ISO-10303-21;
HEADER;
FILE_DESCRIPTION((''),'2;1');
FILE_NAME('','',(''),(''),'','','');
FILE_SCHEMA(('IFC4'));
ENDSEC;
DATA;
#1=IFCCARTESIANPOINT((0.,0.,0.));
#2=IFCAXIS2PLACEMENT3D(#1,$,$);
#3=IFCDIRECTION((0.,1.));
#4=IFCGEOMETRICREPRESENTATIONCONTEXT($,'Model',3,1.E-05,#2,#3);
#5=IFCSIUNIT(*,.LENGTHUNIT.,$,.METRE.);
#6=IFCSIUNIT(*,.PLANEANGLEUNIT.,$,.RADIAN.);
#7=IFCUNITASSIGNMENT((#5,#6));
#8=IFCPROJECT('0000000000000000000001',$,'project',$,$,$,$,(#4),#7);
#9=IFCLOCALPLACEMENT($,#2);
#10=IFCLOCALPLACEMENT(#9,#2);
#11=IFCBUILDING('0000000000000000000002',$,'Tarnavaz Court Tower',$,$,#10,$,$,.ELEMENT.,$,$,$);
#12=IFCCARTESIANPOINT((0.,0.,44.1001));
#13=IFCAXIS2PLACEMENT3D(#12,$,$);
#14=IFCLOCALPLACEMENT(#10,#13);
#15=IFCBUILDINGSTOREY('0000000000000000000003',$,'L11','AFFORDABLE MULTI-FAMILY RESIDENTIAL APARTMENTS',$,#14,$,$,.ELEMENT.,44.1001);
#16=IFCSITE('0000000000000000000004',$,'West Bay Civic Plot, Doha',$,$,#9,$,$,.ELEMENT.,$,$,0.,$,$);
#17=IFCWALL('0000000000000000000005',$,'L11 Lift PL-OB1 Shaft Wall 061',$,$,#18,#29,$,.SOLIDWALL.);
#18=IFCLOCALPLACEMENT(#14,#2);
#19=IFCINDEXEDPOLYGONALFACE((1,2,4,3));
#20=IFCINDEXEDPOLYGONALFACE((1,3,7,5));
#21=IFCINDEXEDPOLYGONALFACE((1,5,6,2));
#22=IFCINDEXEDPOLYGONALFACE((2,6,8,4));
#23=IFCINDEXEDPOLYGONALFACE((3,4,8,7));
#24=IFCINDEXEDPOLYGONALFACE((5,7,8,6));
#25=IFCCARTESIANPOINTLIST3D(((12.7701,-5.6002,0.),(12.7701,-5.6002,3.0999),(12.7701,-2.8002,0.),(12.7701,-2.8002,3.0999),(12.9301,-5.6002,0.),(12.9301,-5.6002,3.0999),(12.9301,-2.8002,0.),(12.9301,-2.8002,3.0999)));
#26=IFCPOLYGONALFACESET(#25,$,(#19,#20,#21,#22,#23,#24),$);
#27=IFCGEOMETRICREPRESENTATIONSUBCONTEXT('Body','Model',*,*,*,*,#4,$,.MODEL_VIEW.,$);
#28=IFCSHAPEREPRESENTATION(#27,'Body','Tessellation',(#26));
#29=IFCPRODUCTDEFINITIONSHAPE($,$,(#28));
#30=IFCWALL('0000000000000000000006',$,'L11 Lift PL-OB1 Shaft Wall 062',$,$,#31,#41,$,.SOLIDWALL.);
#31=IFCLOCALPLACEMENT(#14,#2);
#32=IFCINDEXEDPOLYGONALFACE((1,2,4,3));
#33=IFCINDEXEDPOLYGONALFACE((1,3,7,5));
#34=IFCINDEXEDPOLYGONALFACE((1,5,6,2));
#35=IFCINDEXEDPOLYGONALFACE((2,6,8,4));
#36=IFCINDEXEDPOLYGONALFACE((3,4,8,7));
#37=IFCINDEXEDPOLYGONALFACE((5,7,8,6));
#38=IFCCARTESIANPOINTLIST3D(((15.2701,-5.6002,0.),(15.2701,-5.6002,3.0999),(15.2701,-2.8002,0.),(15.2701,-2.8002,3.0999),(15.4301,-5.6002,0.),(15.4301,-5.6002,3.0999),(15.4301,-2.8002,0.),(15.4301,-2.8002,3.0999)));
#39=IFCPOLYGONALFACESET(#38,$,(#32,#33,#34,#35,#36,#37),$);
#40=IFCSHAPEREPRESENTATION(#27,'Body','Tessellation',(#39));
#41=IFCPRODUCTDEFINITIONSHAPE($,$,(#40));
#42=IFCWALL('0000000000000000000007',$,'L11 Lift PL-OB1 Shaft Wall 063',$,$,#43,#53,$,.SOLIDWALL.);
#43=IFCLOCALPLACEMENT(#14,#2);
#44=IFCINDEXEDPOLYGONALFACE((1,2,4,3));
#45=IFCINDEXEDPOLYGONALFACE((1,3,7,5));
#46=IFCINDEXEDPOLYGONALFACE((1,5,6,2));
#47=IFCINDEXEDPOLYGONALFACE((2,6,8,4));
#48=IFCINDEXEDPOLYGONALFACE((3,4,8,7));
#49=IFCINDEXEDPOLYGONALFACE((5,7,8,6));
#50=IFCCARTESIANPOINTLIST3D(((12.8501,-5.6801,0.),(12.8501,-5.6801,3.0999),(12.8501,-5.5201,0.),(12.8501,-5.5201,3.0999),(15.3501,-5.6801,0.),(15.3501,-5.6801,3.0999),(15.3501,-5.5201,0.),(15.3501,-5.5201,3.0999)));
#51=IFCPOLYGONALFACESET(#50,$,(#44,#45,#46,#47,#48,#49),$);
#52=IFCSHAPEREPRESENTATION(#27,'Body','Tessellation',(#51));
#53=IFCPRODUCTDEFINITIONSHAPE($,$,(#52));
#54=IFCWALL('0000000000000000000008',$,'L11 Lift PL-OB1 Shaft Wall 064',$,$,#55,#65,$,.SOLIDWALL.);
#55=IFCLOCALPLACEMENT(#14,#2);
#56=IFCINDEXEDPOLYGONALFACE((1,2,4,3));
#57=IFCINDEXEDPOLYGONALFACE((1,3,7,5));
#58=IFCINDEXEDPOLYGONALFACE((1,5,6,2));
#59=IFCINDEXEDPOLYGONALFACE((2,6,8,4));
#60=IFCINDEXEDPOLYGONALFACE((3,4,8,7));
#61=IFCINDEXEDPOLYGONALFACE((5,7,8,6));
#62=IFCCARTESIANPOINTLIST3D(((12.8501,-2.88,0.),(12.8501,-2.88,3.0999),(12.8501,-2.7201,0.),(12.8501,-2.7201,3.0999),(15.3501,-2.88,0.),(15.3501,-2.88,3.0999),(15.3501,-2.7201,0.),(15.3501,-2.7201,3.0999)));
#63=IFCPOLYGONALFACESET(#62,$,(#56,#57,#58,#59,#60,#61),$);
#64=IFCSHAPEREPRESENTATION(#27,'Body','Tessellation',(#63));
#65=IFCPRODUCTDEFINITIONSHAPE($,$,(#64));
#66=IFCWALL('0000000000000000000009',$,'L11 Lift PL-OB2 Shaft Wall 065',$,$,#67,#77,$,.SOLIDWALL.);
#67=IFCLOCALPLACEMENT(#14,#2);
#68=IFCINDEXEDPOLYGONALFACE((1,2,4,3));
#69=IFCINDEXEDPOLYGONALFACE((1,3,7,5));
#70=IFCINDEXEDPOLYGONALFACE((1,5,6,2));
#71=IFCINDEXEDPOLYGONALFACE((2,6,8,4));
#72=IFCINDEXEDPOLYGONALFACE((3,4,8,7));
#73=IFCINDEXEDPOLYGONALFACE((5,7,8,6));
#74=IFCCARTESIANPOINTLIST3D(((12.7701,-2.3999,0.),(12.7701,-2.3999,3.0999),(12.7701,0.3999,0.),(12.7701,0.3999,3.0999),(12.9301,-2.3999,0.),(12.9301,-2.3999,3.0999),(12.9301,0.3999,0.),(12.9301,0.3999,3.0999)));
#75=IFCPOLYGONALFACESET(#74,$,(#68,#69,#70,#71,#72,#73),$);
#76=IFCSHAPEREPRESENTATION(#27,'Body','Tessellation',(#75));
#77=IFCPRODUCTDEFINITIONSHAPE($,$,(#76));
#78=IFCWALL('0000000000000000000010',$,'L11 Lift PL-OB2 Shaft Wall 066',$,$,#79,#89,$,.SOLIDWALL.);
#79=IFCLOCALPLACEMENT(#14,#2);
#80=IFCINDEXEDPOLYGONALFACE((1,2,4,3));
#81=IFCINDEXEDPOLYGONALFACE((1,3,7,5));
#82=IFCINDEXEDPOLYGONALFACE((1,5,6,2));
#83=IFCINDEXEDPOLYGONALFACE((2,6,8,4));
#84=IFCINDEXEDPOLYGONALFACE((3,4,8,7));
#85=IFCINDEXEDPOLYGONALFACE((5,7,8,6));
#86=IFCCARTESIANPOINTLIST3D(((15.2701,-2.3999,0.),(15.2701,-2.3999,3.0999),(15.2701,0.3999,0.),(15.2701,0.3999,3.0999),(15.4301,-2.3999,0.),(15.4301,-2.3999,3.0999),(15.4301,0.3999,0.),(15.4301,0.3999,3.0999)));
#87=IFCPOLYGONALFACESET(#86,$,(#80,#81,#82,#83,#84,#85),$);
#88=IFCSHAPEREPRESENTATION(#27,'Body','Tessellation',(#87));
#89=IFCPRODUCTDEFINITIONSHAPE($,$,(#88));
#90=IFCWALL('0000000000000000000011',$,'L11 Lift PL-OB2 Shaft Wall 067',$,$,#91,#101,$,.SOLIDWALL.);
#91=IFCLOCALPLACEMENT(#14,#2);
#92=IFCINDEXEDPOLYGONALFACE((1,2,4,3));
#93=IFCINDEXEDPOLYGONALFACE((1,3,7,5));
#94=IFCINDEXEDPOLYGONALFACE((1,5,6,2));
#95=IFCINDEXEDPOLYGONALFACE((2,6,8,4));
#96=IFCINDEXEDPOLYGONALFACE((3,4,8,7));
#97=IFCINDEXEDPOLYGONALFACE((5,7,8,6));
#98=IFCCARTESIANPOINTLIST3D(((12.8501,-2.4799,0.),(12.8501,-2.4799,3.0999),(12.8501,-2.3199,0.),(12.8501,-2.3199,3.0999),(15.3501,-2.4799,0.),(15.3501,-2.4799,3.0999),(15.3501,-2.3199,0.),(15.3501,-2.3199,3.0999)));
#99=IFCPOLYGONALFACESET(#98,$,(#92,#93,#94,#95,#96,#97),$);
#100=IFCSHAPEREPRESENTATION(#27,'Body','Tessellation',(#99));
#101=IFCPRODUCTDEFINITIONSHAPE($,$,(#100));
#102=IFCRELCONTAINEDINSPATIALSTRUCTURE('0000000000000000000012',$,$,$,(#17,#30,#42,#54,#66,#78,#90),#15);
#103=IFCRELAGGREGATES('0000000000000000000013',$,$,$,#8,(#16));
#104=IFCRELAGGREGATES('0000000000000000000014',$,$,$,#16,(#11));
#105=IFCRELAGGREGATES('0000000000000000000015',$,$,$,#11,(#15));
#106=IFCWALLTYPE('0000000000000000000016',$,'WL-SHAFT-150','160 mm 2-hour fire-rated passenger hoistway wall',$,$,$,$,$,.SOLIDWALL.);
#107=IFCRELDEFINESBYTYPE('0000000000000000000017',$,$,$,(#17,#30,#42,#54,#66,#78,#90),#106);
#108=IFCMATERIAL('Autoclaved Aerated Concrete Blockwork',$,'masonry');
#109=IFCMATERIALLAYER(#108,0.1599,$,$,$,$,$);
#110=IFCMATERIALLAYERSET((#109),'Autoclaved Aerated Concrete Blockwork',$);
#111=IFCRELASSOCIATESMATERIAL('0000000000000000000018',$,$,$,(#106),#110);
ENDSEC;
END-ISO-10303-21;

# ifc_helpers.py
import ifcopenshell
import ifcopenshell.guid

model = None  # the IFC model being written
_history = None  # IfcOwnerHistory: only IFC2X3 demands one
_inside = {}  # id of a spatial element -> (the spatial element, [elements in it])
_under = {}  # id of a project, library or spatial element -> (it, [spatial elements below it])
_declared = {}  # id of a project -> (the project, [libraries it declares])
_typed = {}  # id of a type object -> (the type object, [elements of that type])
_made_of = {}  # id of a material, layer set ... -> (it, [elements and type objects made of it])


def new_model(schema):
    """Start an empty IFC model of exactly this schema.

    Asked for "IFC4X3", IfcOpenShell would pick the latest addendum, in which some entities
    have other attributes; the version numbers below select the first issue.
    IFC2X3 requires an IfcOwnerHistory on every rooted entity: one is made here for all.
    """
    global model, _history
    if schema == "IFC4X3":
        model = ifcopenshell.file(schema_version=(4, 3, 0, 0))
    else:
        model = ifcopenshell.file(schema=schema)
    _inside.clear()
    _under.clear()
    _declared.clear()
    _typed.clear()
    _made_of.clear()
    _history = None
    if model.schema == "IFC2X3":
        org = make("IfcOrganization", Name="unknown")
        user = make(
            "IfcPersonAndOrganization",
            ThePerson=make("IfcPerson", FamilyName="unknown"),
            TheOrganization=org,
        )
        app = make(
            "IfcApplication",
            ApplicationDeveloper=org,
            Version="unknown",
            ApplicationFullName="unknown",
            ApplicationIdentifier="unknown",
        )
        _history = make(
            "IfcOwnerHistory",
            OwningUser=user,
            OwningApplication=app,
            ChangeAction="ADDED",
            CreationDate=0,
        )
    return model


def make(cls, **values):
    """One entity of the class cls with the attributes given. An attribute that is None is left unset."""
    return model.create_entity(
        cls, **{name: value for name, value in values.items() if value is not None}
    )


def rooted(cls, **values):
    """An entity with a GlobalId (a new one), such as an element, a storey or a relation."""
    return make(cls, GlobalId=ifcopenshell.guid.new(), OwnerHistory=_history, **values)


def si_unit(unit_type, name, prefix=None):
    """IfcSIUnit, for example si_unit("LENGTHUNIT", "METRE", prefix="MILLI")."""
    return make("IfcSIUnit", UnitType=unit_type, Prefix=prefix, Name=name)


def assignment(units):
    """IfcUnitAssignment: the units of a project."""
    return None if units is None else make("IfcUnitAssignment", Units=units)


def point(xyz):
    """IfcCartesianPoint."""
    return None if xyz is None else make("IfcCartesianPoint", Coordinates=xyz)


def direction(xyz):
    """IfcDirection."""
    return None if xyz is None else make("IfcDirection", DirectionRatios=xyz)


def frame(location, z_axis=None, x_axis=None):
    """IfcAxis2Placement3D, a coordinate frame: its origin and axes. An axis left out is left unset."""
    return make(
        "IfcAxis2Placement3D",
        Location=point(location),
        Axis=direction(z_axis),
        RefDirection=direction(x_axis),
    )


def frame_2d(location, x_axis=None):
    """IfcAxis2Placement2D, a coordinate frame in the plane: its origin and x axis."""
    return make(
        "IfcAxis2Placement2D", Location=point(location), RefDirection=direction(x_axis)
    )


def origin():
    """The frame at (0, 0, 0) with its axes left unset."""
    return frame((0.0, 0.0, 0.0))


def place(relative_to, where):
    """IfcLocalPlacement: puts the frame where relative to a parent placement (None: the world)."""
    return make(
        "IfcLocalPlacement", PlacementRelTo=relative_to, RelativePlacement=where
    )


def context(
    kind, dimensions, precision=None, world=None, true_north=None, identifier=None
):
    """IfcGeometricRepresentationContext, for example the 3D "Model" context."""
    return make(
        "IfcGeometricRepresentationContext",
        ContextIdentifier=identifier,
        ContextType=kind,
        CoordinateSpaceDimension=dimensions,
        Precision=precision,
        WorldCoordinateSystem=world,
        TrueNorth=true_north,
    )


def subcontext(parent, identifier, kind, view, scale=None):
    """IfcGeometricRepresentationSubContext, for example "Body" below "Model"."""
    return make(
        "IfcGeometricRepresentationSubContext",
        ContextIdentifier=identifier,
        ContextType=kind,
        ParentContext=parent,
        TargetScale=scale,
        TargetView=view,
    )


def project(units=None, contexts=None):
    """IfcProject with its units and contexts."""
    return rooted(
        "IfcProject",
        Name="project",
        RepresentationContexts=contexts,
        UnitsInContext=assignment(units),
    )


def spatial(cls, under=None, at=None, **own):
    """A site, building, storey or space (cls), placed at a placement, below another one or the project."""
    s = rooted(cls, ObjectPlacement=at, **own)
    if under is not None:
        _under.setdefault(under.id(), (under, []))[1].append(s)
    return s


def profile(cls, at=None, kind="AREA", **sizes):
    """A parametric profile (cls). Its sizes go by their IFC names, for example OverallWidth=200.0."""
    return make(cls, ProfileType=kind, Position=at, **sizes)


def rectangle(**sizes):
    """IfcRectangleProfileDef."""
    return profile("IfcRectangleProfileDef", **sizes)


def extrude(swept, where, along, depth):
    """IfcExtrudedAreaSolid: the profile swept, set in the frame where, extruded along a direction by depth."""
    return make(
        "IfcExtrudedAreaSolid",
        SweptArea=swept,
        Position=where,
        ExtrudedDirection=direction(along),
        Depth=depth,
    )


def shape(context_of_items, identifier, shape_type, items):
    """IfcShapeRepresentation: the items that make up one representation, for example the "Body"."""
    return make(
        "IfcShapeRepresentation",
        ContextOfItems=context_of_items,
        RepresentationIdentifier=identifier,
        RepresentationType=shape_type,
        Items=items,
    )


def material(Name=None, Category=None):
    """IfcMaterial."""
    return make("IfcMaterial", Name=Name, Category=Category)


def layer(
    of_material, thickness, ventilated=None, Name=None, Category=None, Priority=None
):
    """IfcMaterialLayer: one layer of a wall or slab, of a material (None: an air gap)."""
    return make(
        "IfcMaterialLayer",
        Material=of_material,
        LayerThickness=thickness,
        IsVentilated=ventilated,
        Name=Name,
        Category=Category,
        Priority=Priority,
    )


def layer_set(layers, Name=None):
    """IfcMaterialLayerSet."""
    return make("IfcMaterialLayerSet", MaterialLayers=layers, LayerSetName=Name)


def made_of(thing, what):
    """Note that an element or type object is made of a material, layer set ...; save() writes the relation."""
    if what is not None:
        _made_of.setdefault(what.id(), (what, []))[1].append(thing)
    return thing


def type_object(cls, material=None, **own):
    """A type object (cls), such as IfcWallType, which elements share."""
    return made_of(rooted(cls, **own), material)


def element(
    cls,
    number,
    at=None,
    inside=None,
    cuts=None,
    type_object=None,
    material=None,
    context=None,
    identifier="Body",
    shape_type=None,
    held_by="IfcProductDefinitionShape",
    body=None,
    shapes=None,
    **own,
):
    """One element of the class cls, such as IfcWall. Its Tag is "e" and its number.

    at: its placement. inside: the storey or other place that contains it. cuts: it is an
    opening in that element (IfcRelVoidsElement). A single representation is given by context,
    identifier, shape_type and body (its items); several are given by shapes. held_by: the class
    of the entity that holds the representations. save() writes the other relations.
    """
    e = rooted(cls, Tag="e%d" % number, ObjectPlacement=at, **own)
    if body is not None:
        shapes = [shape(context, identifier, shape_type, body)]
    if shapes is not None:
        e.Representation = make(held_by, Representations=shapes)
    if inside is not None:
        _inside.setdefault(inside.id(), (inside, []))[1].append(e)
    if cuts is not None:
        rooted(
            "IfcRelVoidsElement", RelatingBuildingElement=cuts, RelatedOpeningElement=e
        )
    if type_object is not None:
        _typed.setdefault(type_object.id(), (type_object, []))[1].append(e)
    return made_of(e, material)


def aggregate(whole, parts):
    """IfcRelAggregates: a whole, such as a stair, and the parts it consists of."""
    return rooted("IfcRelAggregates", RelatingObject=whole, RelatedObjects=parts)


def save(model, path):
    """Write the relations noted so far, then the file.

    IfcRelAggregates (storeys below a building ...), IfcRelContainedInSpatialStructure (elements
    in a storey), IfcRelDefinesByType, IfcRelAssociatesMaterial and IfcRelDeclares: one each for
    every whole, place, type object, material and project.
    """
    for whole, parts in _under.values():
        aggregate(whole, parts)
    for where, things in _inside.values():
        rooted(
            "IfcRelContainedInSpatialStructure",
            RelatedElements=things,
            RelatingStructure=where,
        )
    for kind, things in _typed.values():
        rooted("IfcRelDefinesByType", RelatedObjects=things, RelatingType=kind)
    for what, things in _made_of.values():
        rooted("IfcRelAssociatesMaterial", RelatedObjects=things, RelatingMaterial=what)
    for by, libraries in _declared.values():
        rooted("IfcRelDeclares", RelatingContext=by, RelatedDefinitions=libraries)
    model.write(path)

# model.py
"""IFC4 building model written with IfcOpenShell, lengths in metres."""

from ifc_helpers import new_model, si_unit, direction, frame, frame_2d, origin, place, context, subcontext, project, spatial, rectangle, extrude, material, layer, layer_set, type_object, element, save


model = new_model("IFC4")

# Units and contexts
model_context = context("Model", 3, precision=1e-05, world=origin(), true_north=direction((0.0, 1.0)))
body_context = subcontext(model_context, "Body", "Model", "MODEL_VIEW")
ifc_project = project(units=[si_unit("LENGTHUNIT", "METRE"), si_unit("PLANEANGLEUNIT", "RADIAN")], contexts=[model_context])

# Site, building, storey
site_placement = place(None, origin())
site = spatial("IfcSite", under=ifc_project, at=site_placement, Name="West Bay Civic Plot, Doha", CompositionType="ELEMENT", RefElevation=0.0)
building_placement = place(site_placement, origin())
building = spatial("IfcBuilding", under=site, at=building_placement, Name="Tarnavaz Court Tower", CompositionType="ELEMENT")
storey_placement = place(building_placement, frame((0.0, 0.0, 44.1001)))
storey = spatial("IfcBuildingStorey", under=building, at=storey_placement, Name="L11", Description="AFFORDABLE MULTI-FAMILY RESIDENTIAL APARTMENTS", CompositionType="ELEMENT", Elevation=44.1001)

# Walls
ifc_material_1 = material(Name="Autoclaved Aerated Concrete Blockwork", Category="masonry")
ifc_layer_1 = layer(ifc_material_1, 0.1599)
ifc_layer_set_1 = layer_set([ifc_layer_1], Name="Autoclaved Aerated Concrete Blockwork")
wall_type_1 = type_object("IfcWallType", Name="WL-SHAFT-150", Description="160 mm 2-hour fire-rated passenger hoistway wall", PredefinedType="SOLIDWALL", material=ifc_layer_set_1)
for number, where, z_axis, x_axis, name in (
    (1, (12.8501, -5.6001, 0.0), (0.0, 0.0, 1.0), (0.0, 1.0, 0.0), "L11 Lift PL-OB1 Shaft Wall 061"),
    (2, (15.3501, -5.6001, 0.0), (0.0, 0.0, 1.0), (0.0, 1.0, 0.0), "L11 Lift PL-OB1 Shaft Wall 062"),
):
    element("IfcWall", number, at=place(storey_placement, frame(where, z_axis=z_axis, x_axis=x_axis)), inside=storey, type_object=wall_type_1, Name=name, PredefinedType="SOLIDWALL", context=body_context, shape_type="SweptSolid", body=[
        extrude(rectangle(XDim=2.8, YDim=0.1599, at=frame_2d((1.3999, 0.0))), origin(), (0.0, 0.0, 1.0), 3.0999),
    ])
for number, where, z_axis, x_axis, name in (
    (3, (12.8501, -5.6001, 0.0), (0.0, 0.0, 1.0), (1.0, 0.0, 0.0), "L11 Lift PL-OB1 Shaft Wall 063"),
    (4, (12.8501, -2.8, 0.0), (0.0, 0.0, 1.0), (1.0, 0.0, 0.0), "L11 Lift PL-OB1 Shaft Wall 064"),
):
    element("IfcWall", number, at=place(storey_placement, frame(where, z_axis=z_axis, x_axis=x_axis)), inside=storey, type_object=wall_type_1, Name=name, PredefinedType="SOLIDWALL", context=body_context, shape_type="SweptSolid", body=[
        extrude(rectangle(XDim=2.5, YDim=0.1599, at=frame_2d((1.25, 0.0))), origin(), (0.0, 0.0, 1.0), 3.0999),
    ])
for number, where, z_axis, x_axis, name in (
    (5, (12.8501, -2.3999, 0.0), (0.0, 0.0, 1.0), (0.0, 1.0, 0.0), "L11 Lift PL-OB2 Shaft Wall 065"),
    (6, (15.3501, -2.3999, 0.0), (0.0, 0.0, 1.0), (0.0, 1.0, 0.0), "L11 Lift PL-OB2 Shaft Wall 066"),
):
    element("IfcWall", number, at=place(storey_placement, frame(where, z_axis=z_axis, x_axis=x_axis)), inside=storey, type_object=wall_type_1, Name=name, PredefinedType="SOLIDWALL", context=body_context, shape_type="SweptSolid", body=[
        extrude(rectangle(XDim=2.7998, YDim=0.1599, at=frame_2d((1.3999, 0.0))), origin(), (0.0, 0.0, 1.0), 3.0999),
    ])
wall_1_placement = place(storey_placement, frame((12.8501, -2.3999, 0.0), z_axis=(0.0, 0.0, 1.0), x_axis=(1.0, 0.0, 0.0)))
element("IfcWall", 7, at=wall_1_placement, inside=storey, type_object=wall_type_1, Name="L11 Lift PL-OB2 Shaft Wall 067", PredefinedType="SOLIDWALL", context=body_context, shape_type="SweptSolid", body=[
    extrude(rectangle(XDim=2.5, YDim=0.1599, at=frame_2d((1.25, 0.0))), origin(), (0.0, 0.0, 1.0), 3.0999),
])

save(model, "model.ifc")
